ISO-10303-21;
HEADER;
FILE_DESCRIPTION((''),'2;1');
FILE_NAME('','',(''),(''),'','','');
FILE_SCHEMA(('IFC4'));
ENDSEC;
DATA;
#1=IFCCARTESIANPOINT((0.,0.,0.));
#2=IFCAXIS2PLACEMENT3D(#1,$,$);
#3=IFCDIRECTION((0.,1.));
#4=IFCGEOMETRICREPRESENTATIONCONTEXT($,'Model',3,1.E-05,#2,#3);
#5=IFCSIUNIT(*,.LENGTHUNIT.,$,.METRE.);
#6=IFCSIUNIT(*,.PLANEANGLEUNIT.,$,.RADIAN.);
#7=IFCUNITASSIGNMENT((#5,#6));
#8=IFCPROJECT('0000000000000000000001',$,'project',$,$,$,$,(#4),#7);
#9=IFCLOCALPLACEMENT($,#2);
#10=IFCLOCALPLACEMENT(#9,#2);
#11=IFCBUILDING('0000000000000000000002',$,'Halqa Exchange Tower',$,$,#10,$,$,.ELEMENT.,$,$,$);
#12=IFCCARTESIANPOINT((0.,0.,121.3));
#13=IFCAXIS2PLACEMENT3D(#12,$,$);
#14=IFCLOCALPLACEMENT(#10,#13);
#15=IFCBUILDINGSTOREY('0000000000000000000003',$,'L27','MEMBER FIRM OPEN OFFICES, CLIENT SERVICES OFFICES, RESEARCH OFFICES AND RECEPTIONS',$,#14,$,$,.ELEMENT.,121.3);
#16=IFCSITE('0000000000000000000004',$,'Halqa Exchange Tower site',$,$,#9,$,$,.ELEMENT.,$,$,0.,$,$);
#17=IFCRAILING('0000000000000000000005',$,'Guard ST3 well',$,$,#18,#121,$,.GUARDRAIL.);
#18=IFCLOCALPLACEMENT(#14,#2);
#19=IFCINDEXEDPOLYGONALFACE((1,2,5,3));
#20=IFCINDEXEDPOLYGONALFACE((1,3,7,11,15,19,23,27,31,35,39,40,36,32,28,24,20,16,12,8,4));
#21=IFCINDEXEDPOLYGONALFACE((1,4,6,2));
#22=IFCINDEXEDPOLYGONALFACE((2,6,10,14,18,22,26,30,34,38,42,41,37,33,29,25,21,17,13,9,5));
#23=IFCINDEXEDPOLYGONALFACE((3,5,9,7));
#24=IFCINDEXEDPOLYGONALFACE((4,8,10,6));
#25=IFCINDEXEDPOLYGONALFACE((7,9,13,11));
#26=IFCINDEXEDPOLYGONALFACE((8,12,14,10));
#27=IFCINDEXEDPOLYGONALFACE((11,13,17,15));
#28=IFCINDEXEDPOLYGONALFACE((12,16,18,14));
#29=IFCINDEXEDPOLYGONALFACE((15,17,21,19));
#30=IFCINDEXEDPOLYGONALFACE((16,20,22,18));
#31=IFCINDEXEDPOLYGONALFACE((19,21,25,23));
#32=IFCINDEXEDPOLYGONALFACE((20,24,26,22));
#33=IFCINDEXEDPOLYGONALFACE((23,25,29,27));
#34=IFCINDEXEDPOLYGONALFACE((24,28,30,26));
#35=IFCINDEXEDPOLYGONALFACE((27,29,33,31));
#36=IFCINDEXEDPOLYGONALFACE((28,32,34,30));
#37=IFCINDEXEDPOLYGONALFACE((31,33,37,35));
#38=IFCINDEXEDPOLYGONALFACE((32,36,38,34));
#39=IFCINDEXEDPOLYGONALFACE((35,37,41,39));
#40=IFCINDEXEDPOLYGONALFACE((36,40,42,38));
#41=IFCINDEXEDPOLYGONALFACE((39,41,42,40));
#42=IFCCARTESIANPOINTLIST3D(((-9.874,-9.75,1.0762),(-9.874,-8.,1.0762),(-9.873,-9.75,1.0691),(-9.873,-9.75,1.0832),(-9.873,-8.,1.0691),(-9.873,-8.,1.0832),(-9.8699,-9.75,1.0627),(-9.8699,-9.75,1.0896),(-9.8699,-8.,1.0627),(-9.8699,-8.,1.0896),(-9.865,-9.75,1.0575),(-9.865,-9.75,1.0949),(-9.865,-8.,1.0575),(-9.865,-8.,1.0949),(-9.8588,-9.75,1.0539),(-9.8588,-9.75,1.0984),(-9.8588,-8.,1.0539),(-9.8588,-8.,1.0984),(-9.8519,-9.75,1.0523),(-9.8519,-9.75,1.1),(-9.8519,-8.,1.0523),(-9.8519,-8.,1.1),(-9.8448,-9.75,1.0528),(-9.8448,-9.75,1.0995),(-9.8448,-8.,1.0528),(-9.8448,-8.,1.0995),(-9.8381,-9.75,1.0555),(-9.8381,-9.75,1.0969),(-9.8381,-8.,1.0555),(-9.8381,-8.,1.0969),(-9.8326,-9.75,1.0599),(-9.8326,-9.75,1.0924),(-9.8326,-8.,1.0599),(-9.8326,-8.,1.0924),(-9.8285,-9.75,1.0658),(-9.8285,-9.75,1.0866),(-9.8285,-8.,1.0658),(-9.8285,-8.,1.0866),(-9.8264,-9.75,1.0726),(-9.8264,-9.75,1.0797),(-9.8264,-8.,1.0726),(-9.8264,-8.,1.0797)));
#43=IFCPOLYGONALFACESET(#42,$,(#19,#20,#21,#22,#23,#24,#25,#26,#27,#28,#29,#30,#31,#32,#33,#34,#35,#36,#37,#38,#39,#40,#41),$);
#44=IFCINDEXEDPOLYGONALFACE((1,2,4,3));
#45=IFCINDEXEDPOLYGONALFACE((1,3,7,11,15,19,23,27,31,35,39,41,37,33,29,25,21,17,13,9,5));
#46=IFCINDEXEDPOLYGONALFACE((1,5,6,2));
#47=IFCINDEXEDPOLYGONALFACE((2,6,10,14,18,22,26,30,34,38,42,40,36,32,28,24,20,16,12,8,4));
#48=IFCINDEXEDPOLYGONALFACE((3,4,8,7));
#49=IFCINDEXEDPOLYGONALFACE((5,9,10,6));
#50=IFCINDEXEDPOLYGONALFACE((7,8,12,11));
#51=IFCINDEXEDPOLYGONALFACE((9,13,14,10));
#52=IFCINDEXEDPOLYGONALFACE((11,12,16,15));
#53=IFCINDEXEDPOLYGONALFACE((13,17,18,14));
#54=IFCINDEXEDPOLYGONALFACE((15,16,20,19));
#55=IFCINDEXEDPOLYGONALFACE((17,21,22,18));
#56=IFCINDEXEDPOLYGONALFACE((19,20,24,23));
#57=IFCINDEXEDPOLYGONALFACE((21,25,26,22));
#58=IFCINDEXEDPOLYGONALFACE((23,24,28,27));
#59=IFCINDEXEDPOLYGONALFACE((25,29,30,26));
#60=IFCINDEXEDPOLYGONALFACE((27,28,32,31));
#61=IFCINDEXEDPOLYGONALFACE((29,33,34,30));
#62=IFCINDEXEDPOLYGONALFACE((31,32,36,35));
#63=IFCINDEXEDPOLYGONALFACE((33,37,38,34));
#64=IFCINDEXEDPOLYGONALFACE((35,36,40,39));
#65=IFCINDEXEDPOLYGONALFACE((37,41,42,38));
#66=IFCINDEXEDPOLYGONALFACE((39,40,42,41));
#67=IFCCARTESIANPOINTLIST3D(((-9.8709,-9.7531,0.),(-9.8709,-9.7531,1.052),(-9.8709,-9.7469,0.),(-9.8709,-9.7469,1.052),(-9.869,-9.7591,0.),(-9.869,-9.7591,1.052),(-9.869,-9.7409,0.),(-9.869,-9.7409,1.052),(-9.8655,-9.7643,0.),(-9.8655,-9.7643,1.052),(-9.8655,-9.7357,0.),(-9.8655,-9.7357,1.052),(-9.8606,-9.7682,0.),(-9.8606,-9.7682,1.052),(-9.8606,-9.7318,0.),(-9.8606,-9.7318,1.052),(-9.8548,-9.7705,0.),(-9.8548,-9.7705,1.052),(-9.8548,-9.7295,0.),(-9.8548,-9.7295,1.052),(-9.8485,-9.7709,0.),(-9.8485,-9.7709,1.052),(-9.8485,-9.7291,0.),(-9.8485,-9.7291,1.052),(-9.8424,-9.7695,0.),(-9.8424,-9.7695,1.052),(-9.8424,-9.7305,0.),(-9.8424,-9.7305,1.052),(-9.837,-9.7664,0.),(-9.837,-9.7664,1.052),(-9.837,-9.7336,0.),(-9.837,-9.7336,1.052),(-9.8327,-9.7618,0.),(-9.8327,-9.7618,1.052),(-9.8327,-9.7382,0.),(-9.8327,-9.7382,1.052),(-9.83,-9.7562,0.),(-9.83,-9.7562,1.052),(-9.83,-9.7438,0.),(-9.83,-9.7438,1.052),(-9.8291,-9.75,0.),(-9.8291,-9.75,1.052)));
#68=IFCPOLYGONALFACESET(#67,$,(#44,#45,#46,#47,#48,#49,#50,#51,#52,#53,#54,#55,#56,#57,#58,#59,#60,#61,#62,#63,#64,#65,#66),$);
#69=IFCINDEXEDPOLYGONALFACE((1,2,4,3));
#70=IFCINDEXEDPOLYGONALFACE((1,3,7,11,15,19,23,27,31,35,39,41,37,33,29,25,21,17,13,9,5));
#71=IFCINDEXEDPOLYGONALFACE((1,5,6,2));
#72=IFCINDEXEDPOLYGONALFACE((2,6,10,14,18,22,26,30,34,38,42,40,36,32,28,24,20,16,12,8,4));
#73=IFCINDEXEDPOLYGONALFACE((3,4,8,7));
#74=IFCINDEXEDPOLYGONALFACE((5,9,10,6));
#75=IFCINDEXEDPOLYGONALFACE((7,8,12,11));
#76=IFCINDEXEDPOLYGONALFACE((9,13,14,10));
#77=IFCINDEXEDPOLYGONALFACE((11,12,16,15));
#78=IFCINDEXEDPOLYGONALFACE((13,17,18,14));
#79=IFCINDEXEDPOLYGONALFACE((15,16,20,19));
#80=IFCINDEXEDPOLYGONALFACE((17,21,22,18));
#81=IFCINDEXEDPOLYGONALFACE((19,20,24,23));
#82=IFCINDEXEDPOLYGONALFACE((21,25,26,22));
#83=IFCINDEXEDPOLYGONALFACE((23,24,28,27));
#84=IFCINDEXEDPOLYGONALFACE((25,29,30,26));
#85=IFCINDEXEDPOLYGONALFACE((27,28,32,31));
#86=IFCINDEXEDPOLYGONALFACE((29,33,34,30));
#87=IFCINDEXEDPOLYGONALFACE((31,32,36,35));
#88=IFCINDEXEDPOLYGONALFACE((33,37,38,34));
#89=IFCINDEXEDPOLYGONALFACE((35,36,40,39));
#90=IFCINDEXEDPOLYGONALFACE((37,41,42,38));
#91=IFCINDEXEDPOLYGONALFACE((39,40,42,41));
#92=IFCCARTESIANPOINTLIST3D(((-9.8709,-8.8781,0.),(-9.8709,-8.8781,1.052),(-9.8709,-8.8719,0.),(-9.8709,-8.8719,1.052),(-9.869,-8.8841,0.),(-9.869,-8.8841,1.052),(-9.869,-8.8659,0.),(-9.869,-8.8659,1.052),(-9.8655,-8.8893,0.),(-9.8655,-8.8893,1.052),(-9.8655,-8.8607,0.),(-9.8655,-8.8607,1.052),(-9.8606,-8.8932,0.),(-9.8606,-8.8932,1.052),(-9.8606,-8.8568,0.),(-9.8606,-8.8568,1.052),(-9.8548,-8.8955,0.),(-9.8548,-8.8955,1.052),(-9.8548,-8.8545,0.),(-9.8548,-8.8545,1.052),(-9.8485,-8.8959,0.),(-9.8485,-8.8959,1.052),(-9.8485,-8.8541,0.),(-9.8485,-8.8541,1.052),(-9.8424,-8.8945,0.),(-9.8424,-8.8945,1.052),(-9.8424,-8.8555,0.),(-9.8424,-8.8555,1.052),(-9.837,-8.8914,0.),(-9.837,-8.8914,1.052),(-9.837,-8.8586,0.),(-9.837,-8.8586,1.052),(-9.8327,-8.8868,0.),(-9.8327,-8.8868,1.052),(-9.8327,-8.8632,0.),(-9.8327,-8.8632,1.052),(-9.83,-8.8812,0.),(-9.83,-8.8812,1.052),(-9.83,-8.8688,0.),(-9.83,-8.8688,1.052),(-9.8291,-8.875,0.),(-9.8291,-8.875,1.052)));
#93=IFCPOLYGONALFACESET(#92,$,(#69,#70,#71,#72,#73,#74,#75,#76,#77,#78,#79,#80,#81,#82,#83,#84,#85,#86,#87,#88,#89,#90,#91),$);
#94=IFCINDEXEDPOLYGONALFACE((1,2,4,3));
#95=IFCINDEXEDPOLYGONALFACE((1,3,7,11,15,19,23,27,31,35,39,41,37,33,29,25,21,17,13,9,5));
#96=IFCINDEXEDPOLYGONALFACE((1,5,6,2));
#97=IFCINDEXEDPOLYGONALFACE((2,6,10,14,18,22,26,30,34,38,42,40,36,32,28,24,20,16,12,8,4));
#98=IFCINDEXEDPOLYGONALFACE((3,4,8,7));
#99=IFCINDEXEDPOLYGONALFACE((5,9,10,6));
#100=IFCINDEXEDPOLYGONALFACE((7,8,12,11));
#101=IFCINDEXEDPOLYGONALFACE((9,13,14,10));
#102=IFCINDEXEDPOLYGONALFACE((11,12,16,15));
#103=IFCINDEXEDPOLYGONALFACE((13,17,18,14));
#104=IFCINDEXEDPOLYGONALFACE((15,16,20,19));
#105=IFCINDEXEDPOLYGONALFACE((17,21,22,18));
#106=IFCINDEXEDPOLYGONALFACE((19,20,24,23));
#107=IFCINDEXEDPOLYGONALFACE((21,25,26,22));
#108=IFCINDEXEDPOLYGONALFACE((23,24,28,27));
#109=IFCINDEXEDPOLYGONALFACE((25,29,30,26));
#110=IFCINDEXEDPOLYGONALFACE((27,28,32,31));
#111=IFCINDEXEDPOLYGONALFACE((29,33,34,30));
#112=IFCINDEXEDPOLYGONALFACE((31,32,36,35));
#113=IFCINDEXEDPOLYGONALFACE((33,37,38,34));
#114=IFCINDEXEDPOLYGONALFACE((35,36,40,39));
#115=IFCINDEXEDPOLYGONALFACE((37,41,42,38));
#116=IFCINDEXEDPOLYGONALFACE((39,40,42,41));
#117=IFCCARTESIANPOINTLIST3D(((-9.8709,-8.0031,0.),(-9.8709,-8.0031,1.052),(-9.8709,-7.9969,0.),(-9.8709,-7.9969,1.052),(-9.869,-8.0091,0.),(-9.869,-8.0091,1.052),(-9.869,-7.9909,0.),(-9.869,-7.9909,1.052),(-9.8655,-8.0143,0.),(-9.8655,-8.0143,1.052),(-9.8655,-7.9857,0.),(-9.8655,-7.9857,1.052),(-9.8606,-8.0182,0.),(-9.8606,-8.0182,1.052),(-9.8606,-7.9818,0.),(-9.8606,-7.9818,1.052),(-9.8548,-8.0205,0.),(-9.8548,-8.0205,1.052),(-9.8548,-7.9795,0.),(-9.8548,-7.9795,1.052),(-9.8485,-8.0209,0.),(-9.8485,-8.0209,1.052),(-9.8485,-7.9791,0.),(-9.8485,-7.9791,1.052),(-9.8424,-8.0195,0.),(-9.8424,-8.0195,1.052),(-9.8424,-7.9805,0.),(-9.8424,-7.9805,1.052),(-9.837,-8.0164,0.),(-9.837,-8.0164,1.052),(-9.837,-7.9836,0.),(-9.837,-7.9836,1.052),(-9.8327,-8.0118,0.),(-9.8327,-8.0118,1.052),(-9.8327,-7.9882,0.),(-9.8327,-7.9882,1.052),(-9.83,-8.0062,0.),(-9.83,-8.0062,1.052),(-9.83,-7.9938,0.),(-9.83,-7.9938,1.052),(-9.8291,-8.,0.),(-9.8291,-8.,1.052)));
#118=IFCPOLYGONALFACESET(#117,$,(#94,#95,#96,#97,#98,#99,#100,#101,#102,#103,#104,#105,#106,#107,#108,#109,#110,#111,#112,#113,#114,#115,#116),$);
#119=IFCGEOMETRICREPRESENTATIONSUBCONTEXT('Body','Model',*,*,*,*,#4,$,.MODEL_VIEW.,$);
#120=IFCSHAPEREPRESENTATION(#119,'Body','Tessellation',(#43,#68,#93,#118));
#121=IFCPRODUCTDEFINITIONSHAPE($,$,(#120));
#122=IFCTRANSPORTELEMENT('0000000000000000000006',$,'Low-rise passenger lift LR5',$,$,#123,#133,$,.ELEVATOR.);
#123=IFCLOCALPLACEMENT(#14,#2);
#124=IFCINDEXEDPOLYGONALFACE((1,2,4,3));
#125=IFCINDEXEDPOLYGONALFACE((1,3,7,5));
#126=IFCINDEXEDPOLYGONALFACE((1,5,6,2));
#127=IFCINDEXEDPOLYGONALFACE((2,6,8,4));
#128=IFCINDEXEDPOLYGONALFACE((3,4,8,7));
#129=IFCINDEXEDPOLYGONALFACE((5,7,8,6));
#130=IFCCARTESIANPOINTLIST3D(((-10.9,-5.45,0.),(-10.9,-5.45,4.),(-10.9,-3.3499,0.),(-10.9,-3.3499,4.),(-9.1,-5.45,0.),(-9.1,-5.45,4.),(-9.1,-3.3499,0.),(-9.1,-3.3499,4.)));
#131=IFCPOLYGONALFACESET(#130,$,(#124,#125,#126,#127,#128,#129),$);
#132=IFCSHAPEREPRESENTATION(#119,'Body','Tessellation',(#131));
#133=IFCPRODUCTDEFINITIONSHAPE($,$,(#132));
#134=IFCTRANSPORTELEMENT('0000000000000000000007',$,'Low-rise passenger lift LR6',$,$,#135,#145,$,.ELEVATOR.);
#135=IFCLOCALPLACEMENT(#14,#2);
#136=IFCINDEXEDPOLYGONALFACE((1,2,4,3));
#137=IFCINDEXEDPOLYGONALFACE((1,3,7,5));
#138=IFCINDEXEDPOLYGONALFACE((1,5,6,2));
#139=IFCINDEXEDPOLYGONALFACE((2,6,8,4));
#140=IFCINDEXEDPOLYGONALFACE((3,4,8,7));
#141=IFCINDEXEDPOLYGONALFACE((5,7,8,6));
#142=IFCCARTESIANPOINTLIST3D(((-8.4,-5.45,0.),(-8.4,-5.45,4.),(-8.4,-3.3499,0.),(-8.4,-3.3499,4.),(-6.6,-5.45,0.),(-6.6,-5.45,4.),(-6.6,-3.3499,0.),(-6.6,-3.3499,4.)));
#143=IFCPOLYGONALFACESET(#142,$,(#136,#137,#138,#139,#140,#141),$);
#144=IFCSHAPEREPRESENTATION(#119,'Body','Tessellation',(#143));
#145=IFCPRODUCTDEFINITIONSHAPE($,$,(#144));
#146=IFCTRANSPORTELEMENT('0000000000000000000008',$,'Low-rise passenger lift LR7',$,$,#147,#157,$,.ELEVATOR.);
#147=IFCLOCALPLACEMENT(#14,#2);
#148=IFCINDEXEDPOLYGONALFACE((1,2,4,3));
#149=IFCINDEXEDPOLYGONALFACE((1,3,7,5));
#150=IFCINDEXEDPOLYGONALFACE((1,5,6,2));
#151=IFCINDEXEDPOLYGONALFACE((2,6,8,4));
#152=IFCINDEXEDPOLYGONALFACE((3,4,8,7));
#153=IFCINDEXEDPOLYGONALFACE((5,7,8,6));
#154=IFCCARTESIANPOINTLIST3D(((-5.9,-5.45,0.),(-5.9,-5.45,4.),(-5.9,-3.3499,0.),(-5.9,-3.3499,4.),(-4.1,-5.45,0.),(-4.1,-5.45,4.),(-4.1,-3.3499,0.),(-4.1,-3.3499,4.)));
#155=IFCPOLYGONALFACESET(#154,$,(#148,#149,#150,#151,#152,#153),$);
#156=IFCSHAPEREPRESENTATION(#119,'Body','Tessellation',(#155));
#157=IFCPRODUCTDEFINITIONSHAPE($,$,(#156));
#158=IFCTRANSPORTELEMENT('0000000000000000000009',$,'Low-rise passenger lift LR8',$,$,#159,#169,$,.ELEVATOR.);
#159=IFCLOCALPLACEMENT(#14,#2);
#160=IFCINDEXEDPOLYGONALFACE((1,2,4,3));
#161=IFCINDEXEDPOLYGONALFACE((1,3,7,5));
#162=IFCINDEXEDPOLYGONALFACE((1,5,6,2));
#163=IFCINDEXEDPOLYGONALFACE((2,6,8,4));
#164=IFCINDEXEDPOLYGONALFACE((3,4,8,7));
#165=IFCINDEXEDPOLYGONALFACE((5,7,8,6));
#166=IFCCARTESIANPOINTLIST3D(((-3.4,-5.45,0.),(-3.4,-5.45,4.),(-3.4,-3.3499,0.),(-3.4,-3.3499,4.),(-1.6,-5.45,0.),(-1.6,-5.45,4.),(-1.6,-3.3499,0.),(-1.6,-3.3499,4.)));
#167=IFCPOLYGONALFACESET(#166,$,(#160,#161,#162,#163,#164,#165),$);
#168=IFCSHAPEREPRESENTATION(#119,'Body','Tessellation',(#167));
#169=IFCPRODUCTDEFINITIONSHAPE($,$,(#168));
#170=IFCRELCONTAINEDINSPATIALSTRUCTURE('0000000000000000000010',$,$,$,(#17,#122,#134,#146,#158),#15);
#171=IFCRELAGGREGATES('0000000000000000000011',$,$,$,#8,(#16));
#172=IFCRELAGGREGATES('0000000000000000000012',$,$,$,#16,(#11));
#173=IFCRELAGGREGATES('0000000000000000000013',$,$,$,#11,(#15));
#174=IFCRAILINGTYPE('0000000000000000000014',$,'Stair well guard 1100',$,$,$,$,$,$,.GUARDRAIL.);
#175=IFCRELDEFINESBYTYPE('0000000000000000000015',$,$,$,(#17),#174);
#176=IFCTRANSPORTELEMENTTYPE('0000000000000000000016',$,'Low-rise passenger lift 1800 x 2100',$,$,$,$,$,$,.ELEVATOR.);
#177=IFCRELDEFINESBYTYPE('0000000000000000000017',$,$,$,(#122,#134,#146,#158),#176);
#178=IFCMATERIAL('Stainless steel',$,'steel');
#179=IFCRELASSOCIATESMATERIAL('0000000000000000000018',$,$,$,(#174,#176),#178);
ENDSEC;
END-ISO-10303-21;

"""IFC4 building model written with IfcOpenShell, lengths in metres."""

from ifc_helpers import new_model, si_unit, direction, frame, origin, origin_2d, place, context, subcontext, project, spatial, rectangle, circle, extrude, material, type_object, element, save


model = new_model("IFC4")

# Units and contexts
model_context = context("Model", 3, precision=1e-05, world=origin(), true_north=direction((0.0, 1.0)))
body_context = subcontext(model_context, "Body", "Model", "MODEL_VIEW")
ifc_project = project(units=[si_unit("LENGTHUNIT", "METRE"), si_unit("PLANEANGLEUNIT", "RADIAN")], contexts=[model_context])

# Site, building, storey
site_placement = place(None, origin())
site = spatial("IfcSite", under=ifc_project, at=site_placement, Name="Halqa Exchange Tower site", CompositionType="ELEMENT", RefElevation=0.0)
building_placement = place(site_placement, origin())
building = spatial("IfcBuilding", under=site, at=building_placement, Name="Halqa Exchange Tower", CompositionType="ELEMENT")
storey_placement = place(building_placement, frame((0.0, 0.0, 121.3)))
storey = spatial("IfcBuildingStorey", under=building, at=storey_placement, Name="L27", Description="MEMBER FIRM OPEN OFFICES, CLIENT SERVICES OFFICES, RESEARCH OFFICES AND RECEPTIONS", CompositionType="ELEMENT", Elevation=121.3)

# Shared definitions
ifc_material_1 = material(Name="Stainless steel", Category="steel")

# Railing
railing_type_1 = type_object("IfcRailingType", Name="Stair well guard 1100", PredefinedType="GUARDRAIL", material=ifc_material_1)
railing_1_placement = place(storey_placement, frame((-9.8501, -9.75, 0.0)))
element("IfcRailing", 1, at=railing_1_placement, inside=storey, type_object=railing_type_1, Name="Guard ST3 well", PredefinedType="GUARDRAIL", context=body_context, shape_type="SweptSolid", body=[
    extrude(circle(Radius=0.0239, at=origin_2d()), frame((0.0, 0.0, 1.0762), z_axis=(0.0, 1.0, 0.0), x_axis=(-1.0, 0.0, 0.0)), (0.0, 0.0, 1.0), 1.75),
    extrude(circle(Radius=0.021, at=origin_2d()), origin(), (0.0, 0.0, 1.0), 1.052),
    extrude(circle(Radius=0.021, at=origin_2d()), frame((0.0, 0.875, 0.0)), (0.0, 0.0, 1.0), 1.052),
    extrude(circle(Radius=0.021, at=origin_2d()), frame((0.0, 1.75, 0.0)), (0.0, 0.0, 1.0), 1.052),
])

# Transport elements
transport_element_type = type_object("IfcTransportElementType", Name="Low-rise passenger lift 1800 x 2100", PredefinedType="ELEVATOR", material=ifc_material_1)
for number, where, z_axis, x_axis, name in (
    (2, (-10.0, -4.3999, 0.0), (0.0, 0.0, 1.0), (1.0, 0.0, 0.0), "Low-rise passenger lift LR5"),
    (3, (-7.5, -4.3999, 0.0), (0.0, 0.0, 1.0), (1.0, 0.0, 0.0), "Low-rise passenger lift LR6"),
    (4, (-5.0, -4.3999, 0.0), (0.0, 0.0, 1.0), (1.0, 0.0, 0.0), "Low-rise passenger lift LR7"),
    (5, (-2.5, -4.3999, 0.0), (0.0, 0.0, 1.0), (1.0, 0.0, 0.0), "Low-rise passenger lift LR8"),
):
    element("IfcTransportElement", number, at=place(storey_placement, frame(where, z_axis=z_axis, x_axis=x_axis)), inside=storey, type_object=transport_element_type, Name=name, PredefinedType="ELEVATOR", context=body_context, shape_type="SweptSolid", body=[
        extrude(rectangle(XDim=1.8, YDim=2.1001, at=origin_2d()), origin(), (0.0, 0.0, 1.0), 4.0),
    ])

save(model, "model.ifc")
